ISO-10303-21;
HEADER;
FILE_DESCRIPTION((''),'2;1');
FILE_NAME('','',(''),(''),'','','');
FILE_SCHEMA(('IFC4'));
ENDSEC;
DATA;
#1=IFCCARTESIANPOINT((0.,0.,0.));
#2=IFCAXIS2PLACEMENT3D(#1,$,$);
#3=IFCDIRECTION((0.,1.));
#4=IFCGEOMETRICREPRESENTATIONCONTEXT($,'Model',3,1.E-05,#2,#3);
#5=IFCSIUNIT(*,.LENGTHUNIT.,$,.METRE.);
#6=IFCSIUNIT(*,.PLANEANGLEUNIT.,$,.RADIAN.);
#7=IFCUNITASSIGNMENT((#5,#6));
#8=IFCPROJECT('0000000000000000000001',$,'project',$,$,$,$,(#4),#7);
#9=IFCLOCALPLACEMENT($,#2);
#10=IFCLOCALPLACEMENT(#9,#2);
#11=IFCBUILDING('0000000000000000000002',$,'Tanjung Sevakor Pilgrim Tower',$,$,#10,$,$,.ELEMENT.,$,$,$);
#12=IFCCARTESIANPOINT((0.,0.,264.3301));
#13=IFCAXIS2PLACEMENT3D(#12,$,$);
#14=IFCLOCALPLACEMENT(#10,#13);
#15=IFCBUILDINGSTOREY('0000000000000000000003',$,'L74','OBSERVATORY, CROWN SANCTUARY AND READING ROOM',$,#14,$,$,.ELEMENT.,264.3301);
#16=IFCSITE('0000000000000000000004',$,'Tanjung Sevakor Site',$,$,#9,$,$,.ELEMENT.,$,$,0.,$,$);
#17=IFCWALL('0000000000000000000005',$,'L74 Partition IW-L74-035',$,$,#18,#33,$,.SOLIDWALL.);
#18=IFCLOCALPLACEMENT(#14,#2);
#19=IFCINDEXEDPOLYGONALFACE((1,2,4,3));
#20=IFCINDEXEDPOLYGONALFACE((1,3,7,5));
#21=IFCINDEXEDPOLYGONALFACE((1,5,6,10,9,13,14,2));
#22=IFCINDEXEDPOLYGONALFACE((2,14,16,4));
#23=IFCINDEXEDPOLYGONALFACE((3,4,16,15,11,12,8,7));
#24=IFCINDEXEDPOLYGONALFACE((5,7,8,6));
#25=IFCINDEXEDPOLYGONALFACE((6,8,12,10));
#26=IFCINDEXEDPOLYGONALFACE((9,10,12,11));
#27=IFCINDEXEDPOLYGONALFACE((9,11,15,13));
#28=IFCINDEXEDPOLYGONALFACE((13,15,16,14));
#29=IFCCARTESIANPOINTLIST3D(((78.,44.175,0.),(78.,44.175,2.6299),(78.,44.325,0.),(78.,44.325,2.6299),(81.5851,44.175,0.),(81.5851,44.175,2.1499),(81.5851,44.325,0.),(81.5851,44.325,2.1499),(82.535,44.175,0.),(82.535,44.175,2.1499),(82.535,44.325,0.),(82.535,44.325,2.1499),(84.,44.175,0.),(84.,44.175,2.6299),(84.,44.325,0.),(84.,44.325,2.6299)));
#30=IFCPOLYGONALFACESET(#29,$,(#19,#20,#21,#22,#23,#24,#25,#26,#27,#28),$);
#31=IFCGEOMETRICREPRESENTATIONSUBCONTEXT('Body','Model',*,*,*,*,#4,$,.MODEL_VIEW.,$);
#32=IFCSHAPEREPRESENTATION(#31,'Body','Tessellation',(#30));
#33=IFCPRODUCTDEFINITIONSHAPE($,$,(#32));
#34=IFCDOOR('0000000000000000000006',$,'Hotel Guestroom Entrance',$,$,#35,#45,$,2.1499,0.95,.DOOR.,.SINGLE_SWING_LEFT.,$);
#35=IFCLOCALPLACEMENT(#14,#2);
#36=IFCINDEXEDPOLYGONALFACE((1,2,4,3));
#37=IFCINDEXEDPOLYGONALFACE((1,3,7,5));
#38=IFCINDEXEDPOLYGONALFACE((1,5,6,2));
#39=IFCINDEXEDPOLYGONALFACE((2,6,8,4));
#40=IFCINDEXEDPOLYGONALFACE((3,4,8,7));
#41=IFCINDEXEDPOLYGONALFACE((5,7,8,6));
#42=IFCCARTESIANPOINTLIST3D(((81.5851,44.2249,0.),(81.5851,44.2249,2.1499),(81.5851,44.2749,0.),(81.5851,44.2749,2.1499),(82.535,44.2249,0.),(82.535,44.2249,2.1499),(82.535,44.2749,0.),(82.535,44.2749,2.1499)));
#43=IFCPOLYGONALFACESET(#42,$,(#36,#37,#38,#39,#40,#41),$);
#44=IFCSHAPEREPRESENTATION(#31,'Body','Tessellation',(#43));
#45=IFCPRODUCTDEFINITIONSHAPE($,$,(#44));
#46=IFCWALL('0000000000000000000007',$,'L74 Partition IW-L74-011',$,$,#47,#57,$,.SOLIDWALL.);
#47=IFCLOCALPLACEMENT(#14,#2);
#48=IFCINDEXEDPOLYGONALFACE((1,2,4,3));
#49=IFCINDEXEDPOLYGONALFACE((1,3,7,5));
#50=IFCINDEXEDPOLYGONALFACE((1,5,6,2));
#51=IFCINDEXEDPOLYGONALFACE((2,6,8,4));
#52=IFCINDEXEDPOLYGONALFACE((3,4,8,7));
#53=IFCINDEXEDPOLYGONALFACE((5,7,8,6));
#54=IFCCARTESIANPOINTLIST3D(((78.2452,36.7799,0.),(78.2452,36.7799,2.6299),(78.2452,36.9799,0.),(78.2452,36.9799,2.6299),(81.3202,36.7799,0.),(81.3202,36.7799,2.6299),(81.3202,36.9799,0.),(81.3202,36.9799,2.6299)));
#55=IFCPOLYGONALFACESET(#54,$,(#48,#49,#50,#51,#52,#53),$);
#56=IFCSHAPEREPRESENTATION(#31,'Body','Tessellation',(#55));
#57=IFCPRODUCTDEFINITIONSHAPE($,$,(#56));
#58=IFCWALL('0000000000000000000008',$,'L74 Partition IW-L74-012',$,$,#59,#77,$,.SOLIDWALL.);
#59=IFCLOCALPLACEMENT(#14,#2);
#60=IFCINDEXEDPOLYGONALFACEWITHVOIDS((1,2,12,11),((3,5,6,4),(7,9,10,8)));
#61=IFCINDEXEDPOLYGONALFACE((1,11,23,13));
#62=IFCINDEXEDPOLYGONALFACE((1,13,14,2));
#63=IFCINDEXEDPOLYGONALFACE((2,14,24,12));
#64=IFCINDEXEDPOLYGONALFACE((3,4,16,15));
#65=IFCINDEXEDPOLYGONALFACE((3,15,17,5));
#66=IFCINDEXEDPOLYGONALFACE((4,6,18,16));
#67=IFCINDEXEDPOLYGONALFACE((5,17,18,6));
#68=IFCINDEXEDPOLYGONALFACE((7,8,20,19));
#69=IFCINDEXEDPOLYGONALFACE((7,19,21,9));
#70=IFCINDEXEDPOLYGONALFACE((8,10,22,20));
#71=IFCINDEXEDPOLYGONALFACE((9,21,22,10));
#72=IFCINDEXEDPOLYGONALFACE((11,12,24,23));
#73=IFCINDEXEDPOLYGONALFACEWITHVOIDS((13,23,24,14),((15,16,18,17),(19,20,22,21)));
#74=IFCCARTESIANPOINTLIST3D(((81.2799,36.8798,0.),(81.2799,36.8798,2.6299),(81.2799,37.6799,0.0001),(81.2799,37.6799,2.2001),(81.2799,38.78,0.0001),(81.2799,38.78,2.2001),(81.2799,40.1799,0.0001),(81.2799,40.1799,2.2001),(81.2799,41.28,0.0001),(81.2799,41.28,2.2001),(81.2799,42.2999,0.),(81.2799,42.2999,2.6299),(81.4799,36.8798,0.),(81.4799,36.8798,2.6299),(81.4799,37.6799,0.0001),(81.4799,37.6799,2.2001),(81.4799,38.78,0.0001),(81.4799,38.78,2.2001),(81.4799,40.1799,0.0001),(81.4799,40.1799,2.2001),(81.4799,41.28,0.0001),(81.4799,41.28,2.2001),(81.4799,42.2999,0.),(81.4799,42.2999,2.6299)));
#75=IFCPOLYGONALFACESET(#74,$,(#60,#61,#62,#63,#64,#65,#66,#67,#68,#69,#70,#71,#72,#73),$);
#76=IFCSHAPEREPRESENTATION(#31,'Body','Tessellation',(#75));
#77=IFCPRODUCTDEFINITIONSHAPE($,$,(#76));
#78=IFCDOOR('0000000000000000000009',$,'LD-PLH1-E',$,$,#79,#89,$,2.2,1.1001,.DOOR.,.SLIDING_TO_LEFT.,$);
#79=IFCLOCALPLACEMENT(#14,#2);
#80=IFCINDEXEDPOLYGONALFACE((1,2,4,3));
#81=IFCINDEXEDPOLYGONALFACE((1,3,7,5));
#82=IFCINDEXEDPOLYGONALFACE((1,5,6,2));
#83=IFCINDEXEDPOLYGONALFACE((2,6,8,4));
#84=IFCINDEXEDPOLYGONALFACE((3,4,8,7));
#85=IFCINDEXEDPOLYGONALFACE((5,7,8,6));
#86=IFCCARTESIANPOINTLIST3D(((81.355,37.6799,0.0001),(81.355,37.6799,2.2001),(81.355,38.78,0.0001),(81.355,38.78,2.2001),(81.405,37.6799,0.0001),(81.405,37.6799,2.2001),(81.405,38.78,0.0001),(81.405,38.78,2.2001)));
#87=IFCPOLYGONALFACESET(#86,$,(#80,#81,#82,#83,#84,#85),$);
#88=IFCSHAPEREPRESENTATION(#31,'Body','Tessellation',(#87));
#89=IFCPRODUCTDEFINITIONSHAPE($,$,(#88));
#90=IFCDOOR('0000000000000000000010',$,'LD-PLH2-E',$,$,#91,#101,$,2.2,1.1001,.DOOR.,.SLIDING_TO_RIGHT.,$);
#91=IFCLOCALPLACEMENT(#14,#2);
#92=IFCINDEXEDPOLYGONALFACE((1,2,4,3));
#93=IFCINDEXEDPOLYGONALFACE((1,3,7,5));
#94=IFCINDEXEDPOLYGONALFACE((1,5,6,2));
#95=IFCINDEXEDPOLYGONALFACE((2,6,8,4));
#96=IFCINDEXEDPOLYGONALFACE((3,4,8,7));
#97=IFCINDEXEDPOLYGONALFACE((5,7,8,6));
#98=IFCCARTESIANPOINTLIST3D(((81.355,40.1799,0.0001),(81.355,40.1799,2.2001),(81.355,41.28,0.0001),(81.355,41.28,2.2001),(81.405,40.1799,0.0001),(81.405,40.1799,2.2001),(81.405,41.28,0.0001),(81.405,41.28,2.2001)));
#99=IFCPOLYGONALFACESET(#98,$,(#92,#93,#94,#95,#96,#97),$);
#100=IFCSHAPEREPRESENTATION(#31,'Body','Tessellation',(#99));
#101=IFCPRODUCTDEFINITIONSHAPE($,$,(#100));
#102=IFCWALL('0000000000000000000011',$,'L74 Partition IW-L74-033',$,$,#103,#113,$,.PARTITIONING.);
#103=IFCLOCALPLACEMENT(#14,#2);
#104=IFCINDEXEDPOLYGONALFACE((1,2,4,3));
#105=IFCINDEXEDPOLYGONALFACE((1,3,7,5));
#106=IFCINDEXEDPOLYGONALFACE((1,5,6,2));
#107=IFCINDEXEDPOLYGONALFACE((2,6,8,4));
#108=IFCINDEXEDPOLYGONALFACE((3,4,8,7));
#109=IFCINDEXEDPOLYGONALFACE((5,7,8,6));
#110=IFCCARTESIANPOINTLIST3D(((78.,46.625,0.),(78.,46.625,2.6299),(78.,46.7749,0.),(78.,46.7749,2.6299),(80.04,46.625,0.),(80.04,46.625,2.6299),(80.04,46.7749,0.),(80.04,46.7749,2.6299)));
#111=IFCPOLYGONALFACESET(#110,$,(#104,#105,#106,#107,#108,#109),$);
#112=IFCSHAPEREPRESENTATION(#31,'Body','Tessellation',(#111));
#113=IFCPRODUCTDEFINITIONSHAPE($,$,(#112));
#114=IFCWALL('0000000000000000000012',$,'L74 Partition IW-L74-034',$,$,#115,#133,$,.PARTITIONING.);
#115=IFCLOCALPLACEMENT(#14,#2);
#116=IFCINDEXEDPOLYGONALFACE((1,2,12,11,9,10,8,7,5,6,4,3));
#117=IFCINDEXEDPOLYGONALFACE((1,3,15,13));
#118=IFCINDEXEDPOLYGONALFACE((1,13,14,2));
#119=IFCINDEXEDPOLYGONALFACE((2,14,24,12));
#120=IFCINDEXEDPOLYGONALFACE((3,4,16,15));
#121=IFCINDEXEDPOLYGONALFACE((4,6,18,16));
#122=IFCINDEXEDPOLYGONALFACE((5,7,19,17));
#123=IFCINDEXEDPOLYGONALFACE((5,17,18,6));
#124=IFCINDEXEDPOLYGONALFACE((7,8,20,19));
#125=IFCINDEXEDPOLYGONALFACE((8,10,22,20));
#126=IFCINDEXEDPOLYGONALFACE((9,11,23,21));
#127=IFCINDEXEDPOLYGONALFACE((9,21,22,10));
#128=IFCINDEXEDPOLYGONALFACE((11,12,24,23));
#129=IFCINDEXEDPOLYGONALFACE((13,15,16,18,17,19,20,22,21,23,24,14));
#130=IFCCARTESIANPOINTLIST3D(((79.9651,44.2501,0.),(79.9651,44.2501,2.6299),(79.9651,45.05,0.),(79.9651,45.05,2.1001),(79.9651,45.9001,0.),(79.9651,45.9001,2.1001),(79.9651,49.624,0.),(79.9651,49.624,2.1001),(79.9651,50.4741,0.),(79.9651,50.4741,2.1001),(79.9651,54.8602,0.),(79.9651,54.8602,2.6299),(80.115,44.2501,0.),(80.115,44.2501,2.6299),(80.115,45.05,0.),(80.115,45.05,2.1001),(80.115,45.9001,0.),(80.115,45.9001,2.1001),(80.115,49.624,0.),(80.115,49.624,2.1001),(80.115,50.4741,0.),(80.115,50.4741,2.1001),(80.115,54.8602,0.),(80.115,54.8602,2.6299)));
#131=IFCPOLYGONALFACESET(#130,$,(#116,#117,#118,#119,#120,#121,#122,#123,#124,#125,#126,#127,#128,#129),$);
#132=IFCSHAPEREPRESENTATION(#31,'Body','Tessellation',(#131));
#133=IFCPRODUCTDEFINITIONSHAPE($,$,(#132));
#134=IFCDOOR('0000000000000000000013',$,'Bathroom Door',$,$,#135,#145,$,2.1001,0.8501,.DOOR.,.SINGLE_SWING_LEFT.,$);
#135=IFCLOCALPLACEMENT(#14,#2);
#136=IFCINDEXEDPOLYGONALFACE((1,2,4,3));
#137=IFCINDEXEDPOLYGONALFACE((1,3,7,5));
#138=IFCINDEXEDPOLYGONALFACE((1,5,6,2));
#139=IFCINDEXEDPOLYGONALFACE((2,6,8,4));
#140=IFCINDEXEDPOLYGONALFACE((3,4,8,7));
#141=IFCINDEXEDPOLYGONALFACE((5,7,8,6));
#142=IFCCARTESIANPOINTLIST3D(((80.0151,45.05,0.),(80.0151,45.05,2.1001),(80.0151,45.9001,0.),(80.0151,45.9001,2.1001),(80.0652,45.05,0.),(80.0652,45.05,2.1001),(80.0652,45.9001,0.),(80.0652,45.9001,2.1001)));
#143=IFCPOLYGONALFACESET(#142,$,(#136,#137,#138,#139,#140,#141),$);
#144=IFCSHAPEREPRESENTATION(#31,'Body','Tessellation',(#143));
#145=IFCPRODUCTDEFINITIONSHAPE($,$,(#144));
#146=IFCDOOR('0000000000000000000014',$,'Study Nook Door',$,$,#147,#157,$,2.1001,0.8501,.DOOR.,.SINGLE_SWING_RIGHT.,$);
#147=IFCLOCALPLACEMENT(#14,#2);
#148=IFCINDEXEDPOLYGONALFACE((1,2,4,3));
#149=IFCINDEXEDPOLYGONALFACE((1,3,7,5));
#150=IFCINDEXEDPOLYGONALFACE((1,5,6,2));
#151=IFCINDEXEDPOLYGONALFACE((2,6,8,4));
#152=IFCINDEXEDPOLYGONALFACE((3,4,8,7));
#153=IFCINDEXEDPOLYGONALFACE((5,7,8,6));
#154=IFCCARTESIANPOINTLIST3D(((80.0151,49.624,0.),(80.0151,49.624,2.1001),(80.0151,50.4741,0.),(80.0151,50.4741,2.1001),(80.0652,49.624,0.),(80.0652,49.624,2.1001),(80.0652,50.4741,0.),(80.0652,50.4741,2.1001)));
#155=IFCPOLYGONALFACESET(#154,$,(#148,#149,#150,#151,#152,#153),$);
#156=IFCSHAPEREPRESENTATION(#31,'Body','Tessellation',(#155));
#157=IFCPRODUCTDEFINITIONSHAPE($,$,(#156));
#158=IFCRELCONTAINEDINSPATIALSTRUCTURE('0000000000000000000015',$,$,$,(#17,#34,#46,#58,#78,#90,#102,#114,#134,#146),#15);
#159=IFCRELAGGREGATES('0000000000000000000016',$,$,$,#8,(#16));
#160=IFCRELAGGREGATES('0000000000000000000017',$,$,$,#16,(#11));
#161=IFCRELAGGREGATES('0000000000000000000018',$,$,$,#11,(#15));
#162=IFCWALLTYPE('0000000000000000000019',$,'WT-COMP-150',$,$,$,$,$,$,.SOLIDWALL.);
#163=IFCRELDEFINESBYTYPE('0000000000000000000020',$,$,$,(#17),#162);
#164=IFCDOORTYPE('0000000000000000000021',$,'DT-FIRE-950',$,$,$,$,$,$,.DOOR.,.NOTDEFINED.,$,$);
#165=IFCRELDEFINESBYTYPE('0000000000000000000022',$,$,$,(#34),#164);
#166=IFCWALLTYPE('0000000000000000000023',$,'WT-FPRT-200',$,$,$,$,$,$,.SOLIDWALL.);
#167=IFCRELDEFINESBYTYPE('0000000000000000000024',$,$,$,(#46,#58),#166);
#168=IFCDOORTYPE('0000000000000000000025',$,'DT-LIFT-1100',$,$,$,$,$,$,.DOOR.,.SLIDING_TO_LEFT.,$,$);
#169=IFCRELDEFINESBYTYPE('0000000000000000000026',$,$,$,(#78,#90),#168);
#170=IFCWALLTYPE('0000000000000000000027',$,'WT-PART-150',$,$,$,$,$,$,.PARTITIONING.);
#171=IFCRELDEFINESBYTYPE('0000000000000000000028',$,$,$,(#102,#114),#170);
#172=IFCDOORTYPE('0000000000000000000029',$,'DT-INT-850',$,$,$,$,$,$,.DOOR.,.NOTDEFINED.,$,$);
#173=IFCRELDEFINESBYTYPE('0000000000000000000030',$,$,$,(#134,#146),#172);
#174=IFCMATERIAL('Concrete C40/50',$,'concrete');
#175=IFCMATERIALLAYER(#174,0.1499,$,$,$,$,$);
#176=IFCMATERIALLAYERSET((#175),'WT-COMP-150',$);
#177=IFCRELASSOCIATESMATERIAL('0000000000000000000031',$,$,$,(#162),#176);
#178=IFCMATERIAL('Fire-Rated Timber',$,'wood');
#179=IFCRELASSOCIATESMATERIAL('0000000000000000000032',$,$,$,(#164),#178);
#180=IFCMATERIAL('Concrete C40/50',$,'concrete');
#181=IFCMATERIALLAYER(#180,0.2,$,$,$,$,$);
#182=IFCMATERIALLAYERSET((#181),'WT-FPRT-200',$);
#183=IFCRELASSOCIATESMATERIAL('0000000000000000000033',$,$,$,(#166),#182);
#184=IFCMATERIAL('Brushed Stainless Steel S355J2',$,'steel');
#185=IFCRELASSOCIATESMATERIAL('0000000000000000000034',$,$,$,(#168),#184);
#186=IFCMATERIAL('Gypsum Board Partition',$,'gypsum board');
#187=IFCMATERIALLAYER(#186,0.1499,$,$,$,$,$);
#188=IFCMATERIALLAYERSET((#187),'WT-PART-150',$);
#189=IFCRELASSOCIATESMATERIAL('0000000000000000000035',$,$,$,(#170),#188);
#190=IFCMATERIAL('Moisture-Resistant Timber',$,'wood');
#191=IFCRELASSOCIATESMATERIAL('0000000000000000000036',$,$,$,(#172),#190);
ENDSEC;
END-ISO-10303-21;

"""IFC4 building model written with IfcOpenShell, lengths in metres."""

from ifc_helpers import new_model, si_unit, direction, frame, frame_2d, origin, place, context, subcontext, project, spatial, rectangle, extrude, material, layer, layer_set, type_object, element, fill, save


model = new_model("IFC4")

# Units and contexts
model_context = context("Model", 3, precision=1e-05, world=origin(), true_north=direction((0.0, 1.0)))
body_context = subcontext(model_context, "Body", "Model", "MODEL_VIEW")
ifc_project = project(units=[si_unit("LENGTHUNIT", "METRE"), si_unit("PLANEANGLEUNIT", "RADIAN")], contexts=[model_context])

# Site, building, storey
site_placement = place(None, origin())
site = spatial("IfcSite", under=ifc_project, at=site_placement, Name="Tanjung Sevakor Site", CompositionType="ELEMENT", RefElevation=0.0)
building_placement = place(site_placement, origin())
building = spatial("IfcBuilding", under=site, at=building_placement, Name="Tanjung Sevakor Pilgrim Tower", CompositionType="ELEMENT")
storey_placement = place(building_placement, frame((0.0, 0.0, 264.3301)))
storey = spatial("IfcBuildingStorey", under=building, at=storey_placement, Name="L74", Description="OBSERVATORY, CROWN SANCTUARY AND READING ROOM", CompositionType="ELEMENT", Elevation=264.3301)

# Shared definitions
ifc_material_1 = material(Name="Concrete C40/50", Category="concrete")
ifc_layer_1 = layer(ifc_material_1, 0.1499)
ifc_layer_set_1 = layer_set([ifc_layer_1], Name="WT-COMP-150")
wall_type_1 = type_object("IfcWallType", Name="WT-COMP-150", PredefinedType="SOLIDWALL", material=ifc_layer_set_1)

# Shared definitions
ifc_material_2 = material(Name="Fire-Rated Timber", Category="wood")
door_type_1 = type_object("IfcDoorType", Name="DT-FIRE-950", OperationType="NOTDEFINED", PredefinedType="DOOR", material=ifc_material_2)

# Wall, opening, door
wall_1_placement = place(storey_placement, frame((78.0, 44.25, 0.0), z_axis=(0.0, 0.0, 1.0), x_axis=(1.0, 0.0, 0.0)))
wall_1 = element("IfcWall", 1, at=wall_1_placement, inside=storey, type_object=wall_type_1, Name="L74 Partition IW-L74-035", PredefinedType="SOLIDWALL", context=body_context, shape_type="SweptSolid", body=[
    extrude(rectangle(XDim=6.0, YDim=0.1499, at=frame_2d((3.0, 0.0))), origin(), (0.0, 0.0, 1.0), 2.6299),
])
opening_1_placement = place(wall_1_placement, frame((3.585, 0.0, 0.0)))
opening_1 = element("IfcOpeningElement", 2, at=opening_1_placement, cuts=wall_1, PredefinedType="OPENING", context=body_context, shape_type="SweptSolid", body=[
    extrude(rectangle(XDim=0.95, YDim=2.1499, at=frame_2d((0.4751, 1.075))), frame((0.0, 0.085, 0.0), z_axis=(0.0, -1.0, 0.0), x_axis=(1.0, 0.0, 0.0)), (0.0, 0.0, 1.0), 0.1699),
])
door_1_placement = place(opening_1_placement, origin())
door_1 = element("IfcDoor", 3, at=door_1_placement, inside=storey, type_object=door_type_1, Name="Hotel Guestroom Entrance", OperationType="SINGLE_SWING_LEFT", OverallHeight=2.1499, OverallWidth=0.95, PredefinedType="DOOR", context=body_context, shape_type="SweptSolid", body=[
    extrude(rectangle(XDim=0.95, YDim=2.1499, at=frame_2d((0.4751, 1.075))), frame((0.0, 0.0249, 0.0), z_axis=(0.0, -1.0, 0.0), x_axis=(1.0, 0.0, 0.0)), (0.0, 0.0, 1.0), 0.05),
])
fill(opening_1, door_1)

# Wall
ifc_material_3 = material(Name="Concrete C40/50", Category="concrete")
ifc_layer_2 = layer(ifc_material_3, 0.2)
ifc_layer_set_2 = layer_set([ifc_layer_2], Name="WT-FPRT-200")
wall_type_2 = type_object("IfcWallType", Name="WT-FPRT-200", PredefinedType="SOLIDWALL", material=ifc_layer_set_2)
wall_2_placement = place(storey_placement, frame((78.2451, 36.8799, 0.0), z_axis=(0.0, 0.0, 1.0), x_axis=(1.0, 0.0, 0.0)))
element("IfcWall", 4, at=wall_2_placement, inside=storey, type_object=wall_type_2, Name="L74 Partition IW-L74-011", PredefinedType="SOLIDWALL", context=body_context, shape_type="SweptSolid", body=[
    extrude(rectangle(XDim=3.075, YDim=0.2, at=frame_2d((1.5376, 0.0))), origin(), (0.0, 0.0, 1.0), 2.6299),
])

# Wall, openings, doors
wall_3_placement = place(storey_placement, frame((81.3799, 36.8799, 0.0), z_axis=(0.0, 0.0, 1.0), x_axis=(0.0, 1.0, 0.0)))
wall_3 = element("IfcWall", 5, at=wall_3_placement, inside=storey, type_object=wall_type_2, Name="L74 Partition IW-L74-012", PredefinedType="SOLIDWALL", context=body_context, shape_type="SweptSolid", body=[
    extrude(rectangle(XDim=5.4202, YDim=0.2, at=frame_2d((2.71, 0.0))), origin(), (0.0, 0.0, 1.0), 2.6299),
])
opening_2_placement = place(wall_3_placement, frame((0.8, 0.0, 0.0)))
opening_2 = element("IfcOpeningElement", 6, at=opening_2_placement, cuts=wall_3, PredefinedType="OPENING", context=body_context, shape_type="SweptSolid", body=[
    extrude(rectangle(XDim=1.1001, YDim=2.2, at=frame_2d((0.55, 1.1001))), frame((0.0, 0.1099, 0.0), z_axis=(0.0, -1.0, 0.0), x_axis=(1.0, 0.0, 0.0)), (0.0, 0.0, 1.0), 0.22),
])
opening_3_placement = place(wall_3_placement, frame((3.3, 0.0, 0.0)))
opening_3 = element("IfcOpeningElement", 7, at=opening_3_placement, cuts=wall_3, PredefinedType="OPENING", context=body_context, shape_type="SweptSolid", body=[
    extrude(rectangle(XDim=1.1001, YDim=2.2, at=frame_2d((0.55, 1.1001))), frame((0.0, 0.1099, 0.0), z_axis=(0.0, -1.0, 0.0), x_axis=(1.0, 0.0, 0.0)), (0.0, 0.0, 1.0), 0.22),
])
ifc_material_4 = material(Name="Brushed Stainless Steel S355J2", Category="steel")
door_type_2 = type_object("IfcDoorType", Name="DT-LIFT-1100", OperationType="SLIDING_TO_LEFT", PredefinedType="DOOR", material=ifc_material_4)
door_2_placement = place(opening_2_placement, origin())
door_2 = element("IfcDoor", 8, at=door_2_placement, inside=storey, type_object=door_type_2, Name="LD-PLH1-E", OperationType="SLIDING_TO_LEFT", OverallHeight=2.2, OverallWidth=1.1001, PredefinedType="DOOR", context=body_context, shape_type="SweptSolid", body=[
    extrude(rectangle(XDim=1.1001, YDim=2.2, at=frame_2d((0.55, 1.1001))), frame((0.0, 0.0249, 0.0), z_axis=(0.0, -1.0, 0.0), x_axis=(1.0, 0.0, 0.0)), (0.0, 0.0, 1.0), 0.05),
])
fill(opening_2, door_2)
door_3_placement = place(opening_3_placement, origin())
door_3 = element("IfcDoor", 9, at=door_3_placement, inside=storey, type_object=door_type_2, Name="LD-PLH2-E", OperationType="SLIDING_TO_RIGHT", OverallHeight=2.2, OverallWidth=1.1001, PredefinedType="DOOR", context=body_context, shape_type="SweptSolid", body=[
    extrude(rectangle(XDim=1.1001, YDim=2.2, at=frame_2d((0.55, 1.1001))), frame((0.0, 0.0249, 0.0), z_axis=(0.0, -1.0, 0.0), x_axis=(1.0, 0.0, 0.0)), (0.0, 0.0, 1.0), 0.05),
])
fill(opening_3, door_3)

# Wall
ifc_material_5 = material(Name="Gypsum Board Partition", Category="gypsum board")
ifc_layer_3 = layer(ifc_material_5, 0.1499)
ifc_layer_set_3 = layer_set([ifc_layer_3], Name="WT-PART-150")
wall_type_3 = type_object("IfcWallType", Name="WT-PART-150", PredefinedType="PARTITIONING", material=ifc_layer_set_3)
wall_4_placement = place(storey_placement, frame((78.0, 46.7, 0.0), z_axis=(0.0, 0.0, 1.0), x_axis=(1.0, 0.0, 0.0)))
element("IfcWall", 10, at=wall_4_placement, inside=storey, type_object=wall_type_3, Name="L74 Partition IW-L74-033", PredefinedType="PARTITIONING", context=body_context, shape_type="SweptSolid", body=[
    extrude(rectangle(XDim=2.04, YDim=0.1499, at=frame_2d((1.02, 0.0))), origin(), (0.0, 0.0, 1.0), 2.6299),
])

# Wall, openings, doors
wall_5_placement = place(storey_placement, frame((80.04, 44.25, 0.0), z_axis=(0.0, 0.0, 1.0), x_axis=(0.0, 1.0, 0.0)))
wall_5 = element("IfcWall", 11, at=wall_5_placement, inside=storey, type_object=wall_type_3, Name="L74 Partition IW-L74-034", PredefinedType="PARTITIONING", context=body_context, shape_type="SweptSolid", body=[
    extrude(rectangle(XDim=10.6101, YDim=0.1499, at=frame_2d((5.3052, 0.0))), origin(), (0.0, 0.0, 1.0), 2.6299),
])
opening_4_placement = place(wall_5_placement, frame((0.8, 0.0, 0.0)))
opening_4 = element("IfcOpeningElement", 12, at=opening_4_placement, cuts=wall_5, PredefinedType="OPENING", context=body_context, shape_type="SweptSolid", body=[
    extrude(rectangle(XDim=0.8501, YDim=2.1001, at=frame_2d((0.425, 1.05))), frame((0.0, 0.085, 0.0), z_axis=(0.0, -1.0, 0.0), x_axis=(1.0, 0.0, 0.0)), (0.0, 0.0, 1.0), 0.1699),
])
opening_5_placement = place(wall_5_placement, frame((5.374, 0.0, 0.0)))
opening_5 = element("IfcOpeningElement", 13, at=opening_5_placement, cuts=wall_5, PredefinedType="OPENING", context=body_context, shape_type="SweptSolid", body=[
    extrude(rectangle(XDim=0.8501, YDim=2.1001, at=frame_2d((0.425, 1.05))), frame((0.0, 0.085, 0.0), z_axis=(0.0, -1.0, 0.0), x_axis=(1.0, 0.0, 0.0)), (0.0, 0.0, 1.0), 0.1699),
])
ifc_material_6 = material(Name="Moisture-Resistant Timber", Category="wood")
door_type_3 = type_object("IfcDoorType", Name="DT-INT-850", OperationType="NOTDEFINED", PredefinedType="DOOR", material=ifc_material_6)
door_4_placement = place(opening_4_placement, origin())
door_4 = element("IfcDoor", 14, at=door_4_placement, inside=storey, type_object=door_type_3, Name="Bathroom Door", OperationType="SINGLE_SWING_LEFT", OverallHeight=2.1001, OverallWidth=0.8501, PredefinedType="DOOR", context=body_context, shape_type="SweptSolid", body=[
    extrude(rectangle(XDim=0.8501, YDim=2.1001, at=frame_2d((0.425, 1.05))), frame((0.0, 0.0249, 0.0), z_axis=(0.0, -1.0, 0.0), x_axis=(1.0, 0.0, 0.0)), (0.0, 0.0, 1.0), 0.05),
])
fill(opening_4, door_4)
door_5_placement = place(opening_5_placement, origin())
door_5 = element("IfcDoor", 15, at=door_5_placement, inside=storey, type_object=door_type_3, Name="Study Nook Door", OperationType="SINGLE_SWING_RIGHT", OverallHeight=2.1001, OverallWidth=0.8501, PredefinedType="DOOR", context=body_context, shape_type="SweptSolid", body=[
    extrude(rectangle(XDim=0.8501, YDim=2.1001, at=frame_2d((0.425, 1.05))), frame((0.0, 0.0249, 0.0), z_axis=(0.0, -1.0, 0.0), x_axis=(1.0, 0.0, 0.0)), (0.0, 0.0, 1.0), 0.05),
])
fill(opening_5, door_5)

save(model, "model.ifc")
